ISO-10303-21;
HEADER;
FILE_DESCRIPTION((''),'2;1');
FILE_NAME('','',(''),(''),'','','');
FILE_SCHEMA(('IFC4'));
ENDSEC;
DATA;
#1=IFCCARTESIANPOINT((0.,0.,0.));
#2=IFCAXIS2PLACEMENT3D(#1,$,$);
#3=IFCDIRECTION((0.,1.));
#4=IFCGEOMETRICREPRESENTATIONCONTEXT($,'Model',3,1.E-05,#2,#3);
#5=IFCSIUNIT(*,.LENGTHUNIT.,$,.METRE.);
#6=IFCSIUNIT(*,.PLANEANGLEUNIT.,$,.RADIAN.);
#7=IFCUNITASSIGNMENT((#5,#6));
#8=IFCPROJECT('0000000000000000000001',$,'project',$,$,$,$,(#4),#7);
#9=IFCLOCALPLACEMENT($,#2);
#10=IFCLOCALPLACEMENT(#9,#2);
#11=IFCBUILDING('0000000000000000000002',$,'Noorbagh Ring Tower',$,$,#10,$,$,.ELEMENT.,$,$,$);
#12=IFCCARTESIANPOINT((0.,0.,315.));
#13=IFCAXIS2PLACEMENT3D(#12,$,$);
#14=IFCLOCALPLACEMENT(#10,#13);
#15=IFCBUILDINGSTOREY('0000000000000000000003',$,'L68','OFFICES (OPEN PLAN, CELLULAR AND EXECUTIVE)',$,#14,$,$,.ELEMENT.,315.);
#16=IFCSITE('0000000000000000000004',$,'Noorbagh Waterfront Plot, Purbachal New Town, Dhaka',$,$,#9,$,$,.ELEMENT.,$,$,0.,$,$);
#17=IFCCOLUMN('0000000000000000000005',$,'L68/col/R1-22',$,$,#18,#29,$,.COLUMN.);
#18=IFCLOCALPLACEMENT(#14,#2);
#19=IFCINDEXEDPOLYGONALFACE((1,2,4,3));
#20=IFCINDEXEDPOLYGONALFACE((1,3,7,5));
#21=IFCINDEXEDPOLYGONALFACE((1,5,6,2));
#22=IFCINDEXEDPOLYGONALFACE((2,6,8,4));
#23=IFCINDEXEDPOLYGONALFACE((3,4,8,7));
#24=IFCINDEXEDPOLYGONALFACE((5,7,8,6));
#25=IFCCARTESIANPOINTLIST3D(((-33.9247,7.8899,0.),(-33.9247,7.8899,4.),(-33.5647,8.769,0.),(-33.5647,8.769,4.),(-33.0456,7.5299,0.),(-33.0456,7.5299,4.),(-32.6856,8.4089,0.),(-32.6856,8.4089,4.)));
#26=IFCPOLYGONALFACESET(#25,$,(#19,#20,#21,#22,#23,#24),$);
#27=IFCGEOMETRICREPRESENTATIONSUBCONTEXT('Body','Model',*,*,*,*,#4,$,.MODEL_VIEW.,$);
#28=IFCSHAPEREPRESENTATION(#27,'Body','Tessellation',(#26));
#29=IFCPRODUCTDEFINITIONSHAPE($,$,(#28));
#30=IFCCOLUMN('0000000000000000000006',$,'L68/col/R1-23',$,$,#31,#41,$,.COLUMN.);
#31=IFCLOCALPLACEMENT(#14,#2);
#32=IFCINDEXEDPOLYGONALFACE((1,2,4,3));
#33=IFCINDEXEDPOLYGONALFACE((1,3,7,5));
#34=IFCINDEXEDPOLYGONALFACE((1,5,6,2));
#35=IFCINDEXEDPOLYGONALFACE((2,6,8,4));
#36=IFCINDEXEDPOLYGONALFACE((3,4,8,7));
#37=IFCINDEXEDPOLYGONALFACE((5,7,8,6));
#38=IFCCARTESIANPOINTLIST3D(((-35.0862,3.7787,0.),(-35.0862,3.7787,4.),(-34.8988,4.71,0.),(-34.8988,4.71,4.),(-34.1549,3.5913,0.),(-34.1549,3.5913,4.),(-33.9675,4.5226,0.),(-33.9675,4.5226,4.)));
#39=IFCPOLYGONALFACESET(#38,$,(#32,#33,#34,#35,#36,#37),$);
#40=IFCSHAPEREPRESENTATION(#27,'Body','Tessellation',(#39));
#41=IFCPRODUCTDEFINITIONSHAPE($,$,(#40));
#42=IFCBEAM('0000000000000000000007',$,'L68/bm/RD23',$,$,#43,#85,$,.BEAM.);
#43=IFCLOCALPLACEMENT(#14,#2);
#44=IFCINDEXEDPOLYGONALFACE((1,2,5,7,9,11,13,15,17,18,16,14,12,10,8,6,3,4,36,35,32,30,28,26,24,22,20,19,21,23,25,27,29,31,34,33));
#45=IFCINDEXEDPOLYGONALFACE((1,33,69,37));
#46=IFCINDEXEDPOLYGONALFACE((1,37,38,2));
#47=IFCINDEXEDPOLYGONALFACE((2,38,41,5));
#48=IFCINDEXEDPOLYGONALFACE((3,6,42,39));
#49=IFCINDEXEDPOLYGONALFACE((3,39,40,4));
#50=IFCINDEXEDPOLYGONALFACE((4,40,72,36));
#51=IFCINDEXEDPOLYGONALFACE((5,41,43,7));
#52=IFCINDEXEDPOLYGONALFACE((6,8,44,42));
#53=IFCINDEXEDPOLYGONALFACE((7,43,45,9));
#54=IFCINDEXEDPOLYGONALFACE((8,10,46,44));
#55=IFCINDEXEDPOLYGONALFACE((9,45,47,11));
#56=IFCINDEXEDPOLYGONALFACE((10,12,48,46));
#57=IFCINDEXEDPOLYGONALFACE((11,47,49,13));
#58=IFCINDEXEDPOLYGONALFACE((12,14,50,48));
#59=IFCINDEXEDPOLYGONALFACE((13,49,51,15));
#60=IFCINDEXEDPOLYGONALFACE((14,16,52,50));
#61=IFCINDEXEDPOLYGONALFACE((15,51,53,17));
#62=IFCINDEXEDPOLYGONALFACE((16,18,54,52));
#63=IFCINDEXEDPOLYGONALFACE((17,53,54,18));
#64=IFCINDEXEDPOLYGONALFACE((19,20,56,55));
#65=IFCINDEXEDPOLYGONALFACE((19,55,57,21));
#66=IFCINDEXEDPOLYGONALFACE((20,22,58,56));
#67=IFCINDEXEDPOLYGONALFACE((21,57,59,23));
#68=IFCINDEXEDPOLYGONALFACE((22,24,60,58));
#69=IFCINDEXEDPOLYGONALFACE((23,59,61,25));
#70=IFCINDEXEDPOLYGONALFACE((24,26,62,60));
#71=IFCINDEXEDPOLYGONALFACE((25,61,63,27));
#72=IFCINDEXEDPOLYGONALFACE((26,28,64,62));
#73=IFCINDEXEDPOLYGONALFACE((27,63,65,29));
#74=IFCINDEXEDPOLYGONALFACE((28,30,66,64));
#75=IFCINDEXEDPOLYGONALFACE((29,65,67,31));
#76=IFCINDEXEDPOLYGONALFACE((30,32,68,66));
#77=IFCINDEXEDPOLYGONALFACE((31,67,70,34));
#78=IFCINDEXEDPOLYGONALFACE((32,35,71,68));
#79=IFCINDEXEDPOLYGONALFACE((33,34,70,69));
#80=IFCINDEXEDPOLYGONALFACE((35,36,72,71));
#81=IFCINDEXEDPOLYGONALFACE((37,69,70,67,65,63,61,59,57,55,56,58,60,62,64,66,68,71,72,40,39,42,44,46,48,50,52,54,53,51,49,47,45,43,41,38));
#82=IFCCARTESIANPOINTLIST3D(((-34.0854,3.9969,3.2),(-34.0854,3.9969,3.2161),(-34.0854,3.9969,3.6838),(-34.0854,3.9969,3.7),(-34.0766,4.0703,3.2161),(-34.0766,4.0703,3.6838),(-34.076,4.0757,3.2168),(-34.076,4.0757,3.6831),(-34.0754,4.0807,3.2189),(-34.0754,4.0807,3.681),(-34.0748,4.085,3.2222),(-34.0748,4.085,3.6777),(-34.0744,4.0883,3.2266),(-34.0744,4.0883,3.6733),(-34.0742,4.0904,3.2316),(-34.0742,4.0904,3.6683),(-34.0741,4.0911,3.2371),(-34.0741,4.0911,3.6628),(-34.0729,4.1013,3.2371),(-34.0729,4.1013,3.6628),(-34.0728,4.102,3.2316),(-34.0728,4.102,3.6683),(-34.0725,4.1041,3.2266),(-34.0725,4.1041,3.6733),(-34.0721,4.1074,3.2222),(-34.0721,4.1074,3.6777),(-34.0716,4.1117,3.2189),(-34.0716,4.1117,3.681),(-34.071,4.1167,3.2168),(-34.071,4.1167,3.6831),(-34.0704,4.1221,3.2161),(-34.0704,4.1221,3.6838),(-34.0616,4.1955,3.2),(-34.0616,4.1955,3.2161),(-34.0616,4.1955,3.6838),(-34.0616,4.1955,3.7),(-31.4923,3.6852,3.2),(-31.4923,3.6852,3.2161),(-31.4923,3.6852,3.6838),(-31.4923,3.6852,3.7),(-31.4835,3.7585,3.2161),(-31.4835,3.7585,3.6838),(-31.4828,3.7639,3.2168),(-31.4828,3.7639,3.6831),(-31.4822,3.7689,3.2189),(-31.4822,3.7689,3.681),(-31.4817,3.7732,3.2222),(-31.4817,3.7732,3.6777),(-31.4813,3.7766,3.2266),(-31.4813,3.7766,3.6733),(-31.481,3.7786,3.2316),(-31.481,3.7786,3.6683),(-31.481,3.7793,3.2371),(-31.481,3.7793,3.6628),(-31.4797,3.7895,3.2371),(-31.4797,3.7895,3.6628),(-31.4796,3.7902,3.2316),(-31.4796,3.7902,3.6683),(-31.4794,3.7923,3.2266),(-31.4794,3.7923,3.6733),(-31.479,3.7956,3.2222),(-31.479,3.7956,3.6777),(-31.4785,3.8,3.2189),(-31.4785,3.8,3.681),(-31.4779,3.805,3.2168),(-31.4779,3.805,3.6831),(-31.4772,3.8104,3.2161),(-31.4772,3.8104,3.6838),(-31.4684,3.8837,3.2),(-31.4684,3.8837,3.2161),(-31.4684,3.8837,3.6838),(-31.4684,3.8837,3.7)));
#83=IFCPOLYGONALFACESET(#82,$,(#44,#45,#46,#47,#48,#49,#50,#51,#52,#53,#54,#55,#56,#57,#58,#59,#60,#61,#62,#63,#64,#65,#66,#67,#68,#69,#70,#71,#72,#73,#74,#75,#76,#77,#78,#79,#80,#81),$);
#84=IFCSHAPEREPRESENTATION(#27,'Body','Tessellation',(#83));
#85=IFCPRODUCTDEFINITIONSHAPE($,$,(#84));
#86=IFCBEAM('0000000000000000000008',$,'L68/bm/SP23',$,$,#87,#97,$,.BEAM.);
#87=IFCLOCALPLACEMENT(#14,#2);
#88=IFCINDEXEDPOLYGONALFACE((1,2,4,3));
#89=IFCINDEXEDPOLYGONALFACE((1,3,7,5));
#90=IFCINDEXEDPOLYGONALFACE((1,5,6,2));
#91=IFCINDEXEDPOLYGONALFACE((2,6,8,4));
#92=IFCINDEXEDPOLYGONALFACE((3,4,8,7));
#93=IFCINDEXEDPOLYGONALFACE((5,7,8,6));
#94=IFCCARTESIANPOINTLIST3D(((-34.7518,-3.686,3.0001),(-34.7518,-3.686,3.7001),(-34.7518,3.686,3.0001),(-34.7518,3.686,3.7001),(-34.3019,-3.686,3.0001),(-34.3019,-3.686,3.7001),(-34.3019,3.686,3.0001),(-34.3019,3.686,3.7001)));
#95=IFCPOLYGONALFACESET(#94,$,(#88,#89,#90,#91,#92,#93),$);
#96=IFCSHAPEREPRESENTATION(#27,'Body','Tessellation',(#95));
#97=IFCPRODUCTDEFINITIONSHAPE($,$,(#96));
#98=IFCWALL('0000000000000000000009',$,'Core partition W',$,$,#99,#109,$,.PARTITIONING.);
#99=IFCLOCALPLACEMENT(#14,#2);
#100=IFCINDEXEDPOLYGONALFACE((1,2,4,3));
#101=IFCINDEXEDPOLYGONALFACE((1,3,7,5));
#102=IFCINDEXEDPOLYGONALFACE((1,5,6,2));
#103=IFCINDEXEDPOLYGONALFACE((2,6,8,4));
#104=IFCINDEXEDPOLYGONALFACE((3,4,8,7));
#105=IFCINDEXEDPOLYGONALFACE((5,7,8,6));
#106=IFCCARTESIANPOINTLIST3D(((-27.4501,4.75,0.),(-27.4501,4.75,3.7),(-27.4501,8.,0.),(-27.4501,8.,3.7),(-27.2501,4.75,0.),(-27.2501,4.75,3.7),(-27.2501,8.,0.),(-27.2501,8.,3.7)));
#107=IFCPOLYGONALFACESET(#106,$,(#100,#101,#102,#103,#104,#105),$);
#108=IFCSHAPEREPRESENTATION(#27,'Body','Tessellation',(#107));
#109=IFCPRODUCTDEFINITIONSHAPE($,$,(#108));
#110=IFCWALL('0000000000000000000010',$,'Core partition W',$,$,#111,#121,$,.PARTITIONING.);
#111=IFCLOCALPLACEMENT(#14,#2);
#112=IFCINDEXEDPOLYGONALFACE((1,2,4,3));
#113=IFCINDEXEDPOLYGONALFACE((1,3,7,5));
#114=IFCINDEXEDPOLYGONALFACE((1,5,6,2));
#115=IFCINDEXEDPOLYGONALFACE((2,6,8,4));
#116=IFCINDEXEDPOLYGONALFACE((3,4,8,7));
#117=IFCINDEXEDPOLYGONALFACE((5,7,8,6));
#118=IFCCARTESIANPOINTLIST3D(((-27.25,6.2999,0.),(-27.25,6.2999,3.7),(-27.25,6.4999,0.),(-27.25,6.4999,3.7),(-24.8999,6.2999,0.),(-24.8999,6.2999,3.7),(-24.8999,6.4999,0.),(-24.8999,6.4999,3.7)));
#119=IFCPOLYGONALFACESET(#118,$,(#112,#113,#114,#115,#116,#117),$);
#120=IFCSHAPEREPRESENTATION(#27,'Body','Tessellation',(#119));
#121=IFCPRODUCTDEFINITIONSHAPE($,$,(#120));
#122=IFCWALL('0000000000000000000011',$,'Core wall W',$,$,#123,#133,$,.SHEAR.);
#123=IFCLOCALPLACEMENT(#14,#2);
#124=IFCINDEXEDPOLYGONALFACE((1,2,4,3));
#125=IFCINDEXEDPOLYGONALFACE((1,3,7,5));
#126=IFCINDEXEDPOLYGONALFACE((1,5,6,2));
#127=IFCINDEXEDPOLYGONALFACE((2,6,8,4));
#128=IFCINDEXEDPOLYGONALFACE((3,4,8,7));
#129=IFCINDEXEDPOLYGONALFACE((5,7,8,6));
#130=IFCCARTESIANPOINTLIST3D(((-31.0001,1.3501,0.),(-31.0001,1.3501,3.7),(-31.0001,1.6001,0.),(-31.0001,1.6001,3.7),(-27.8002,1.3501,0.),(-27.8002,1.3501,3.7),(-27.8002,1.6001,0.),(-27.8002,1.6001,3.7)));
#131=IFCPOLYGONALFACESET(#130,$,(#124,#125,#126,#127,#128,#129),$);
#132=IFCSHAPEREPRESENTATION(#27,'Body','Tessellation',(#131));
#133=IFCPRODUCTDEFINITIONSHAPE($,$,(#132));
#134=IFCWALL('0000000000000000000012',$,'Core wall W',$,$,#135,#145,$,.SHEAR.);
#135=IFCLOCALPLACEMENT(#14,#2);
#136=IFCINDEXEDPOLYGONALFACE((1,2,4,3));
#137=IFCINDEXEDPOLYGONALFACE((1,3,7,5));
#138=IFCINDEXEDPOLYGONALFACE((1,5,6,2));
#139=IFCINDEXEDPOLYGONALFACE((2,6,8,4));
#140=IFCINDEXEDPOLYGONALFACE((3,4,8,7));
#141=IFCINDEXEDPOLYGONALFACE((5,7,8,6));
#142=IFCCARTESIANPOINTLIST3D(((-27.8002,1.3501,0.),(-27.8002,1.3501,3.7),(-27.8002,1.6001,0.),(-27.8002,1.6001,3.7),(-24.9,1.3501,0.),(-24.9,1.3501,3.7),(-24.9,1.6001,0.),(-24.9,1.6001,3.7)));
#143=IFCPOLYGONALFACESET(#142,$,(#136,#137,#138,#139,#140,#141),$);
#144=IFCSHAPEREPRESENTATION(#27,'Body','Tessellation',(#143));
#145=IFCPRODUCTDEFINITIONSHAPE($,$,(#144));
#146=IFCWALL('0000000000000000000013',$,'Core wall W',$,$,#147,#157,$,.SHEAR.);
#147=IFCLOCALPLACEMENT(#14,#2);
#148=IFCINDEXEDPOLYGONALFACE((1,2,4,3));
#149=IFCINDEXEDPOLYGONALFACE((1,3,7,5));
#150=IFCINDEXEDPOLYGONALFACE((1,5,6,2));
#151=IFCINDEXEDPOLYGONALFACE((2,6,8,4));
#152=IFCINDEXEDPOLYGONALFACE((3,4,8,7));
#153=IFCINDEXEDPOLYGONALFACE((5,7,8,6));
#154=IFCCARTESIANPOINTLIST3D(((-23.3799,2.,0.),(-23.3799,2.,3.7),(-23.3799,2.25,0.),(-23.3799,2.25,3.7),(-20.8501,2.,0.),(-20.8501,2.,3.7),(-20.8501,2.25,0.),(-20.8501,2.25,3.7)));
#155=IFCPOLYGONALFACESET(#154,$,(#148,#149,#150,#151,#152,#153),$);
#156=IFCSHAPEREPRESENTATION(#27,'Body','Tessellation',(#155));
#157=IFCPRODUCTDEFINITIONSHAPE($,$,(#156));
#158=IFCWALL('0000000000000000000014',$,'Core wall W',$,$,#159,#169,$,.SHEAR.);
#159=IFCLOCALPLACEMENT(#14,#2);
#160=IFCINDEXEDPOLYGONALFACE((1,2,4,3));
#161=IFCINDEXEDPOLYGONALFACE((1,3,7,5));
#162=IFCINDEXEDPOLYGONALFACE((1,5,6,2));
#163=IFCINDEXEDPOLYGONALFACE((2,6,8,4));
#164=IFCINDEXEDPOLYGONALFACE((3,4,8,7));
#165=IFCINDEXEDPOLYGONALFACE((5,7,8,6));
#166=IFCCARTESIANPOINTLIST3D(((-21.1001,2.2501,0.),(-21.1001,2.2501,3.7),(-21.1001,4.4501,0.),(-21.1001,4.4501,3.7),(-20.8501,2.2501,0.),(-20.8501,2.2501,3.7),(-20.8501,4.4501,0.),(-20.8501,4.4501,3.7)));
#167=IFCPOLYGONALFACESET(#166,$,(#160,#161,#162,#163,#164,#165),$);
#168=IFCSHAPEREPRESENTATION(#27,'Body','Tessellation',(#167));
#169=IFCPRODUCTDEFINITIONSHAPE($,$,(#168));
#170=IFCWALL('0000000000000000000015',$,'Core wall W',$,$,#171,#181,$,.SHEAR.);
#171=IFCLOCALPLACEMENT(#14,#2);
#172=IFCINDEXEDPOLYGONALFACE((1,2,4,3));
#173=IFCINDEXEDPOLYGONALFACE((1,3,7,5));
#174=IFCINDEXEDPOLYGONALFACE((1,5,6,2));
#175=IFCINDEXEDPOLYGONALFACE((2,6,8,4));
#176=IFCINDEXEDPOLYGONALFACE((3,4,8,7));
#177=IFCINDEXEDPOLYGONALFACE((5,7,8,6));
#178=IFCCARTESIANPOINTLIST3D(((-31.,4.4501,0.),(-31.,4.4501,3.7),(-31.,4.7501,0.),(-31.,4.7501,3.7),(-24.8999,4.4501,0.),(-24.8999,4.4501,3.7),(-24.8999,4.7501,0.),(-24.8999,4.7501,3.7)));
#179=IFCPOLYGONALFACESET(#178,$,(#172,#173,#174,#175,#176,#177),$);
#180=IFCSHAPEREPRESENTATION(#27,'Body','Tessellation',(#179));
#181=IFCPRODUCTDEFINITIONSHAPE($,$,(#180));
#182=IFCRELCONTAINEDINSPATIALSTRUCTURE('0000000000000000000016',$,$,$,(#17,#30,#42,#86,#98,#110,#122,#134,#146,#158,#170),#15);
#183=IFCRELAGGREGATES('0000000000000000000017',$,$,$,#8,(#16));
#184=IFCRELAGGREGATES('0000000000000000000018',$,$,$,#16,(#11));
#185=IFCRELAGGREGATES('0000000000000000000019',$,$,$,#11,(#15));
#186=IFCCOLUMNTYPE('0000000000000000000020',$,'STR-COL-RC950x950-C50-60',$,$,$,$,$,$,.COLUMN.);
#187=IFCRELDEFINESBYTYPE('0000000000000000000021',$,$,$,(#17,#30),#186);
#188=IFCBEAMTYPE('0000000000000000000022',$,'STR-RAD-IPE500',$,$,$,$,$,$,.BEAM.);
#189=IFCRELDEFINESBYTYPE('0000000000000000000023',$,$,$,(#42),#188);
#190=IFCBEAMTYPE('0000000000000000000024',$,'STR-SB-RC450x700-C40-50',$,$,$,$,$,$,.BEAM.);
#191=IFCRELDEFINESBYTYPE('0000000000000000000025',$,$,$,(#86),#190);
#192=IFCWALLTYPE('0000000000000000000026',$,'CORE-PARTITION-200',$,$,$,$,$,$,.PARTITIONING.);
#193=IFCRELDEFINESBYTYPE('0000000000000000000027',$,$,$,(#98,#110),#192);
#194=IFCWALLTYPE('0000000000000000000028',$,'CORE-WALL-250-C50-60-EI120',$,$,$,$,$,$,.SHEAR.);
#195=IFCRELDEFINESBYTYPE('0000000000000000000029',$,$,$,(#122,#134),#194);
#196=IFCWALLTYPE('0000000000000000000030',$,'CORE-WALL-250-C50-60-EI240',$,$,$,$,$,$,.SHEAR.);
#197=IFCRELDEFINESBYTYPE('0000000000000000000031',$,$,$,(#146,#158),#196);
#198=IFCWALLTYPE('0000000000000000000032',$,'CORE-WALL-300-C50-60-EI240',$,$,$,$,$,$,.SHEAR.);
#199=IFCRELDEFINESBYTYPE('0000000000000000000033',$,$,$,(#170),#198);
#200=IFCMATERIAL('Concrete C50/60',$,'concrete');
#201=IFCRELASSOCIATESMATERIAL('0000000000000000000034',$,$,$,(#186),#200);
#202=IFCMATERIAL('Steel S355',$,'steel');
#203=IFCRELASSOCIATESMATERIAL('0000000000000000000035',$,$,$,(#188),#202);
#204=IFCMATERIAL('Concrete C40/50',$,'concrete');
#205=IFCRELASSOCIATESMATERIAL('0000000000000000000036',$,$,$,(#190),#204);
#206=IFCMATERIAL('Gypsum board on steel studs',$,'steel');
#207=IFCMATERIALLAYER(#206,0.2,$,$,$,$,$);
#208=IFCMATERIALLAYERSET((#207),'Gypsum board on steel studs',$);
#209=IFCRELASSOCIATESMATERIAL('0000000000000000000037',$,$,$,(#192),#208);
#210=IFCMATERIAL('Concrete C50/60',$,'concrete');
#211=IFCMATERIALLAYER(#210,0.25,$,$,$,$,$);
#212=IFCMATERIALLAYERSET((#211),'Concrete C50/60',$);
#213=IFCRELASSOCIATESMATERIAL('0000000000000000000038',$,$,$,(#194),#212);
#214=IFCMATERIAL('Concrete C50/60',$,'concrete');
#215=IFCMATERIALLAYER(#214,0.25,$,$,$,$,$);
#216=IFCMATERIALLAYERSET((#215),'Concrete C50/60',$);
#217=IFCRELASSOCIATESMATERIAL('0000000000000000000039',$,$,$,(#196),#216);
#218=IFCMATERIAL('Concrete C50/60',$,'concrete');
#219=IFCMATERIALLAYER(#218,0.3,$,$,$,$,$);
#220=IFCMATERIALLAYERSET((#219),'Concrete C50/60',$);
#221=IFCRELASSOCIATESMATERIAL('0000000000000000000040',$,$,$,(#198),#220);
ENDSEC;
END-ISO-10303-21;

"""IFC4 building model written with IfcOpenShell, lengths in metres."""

from ifc_helpers import new_model, si_unit, direction, frame, frame_2d, origin, origin_2d, place, context, subcontext, project, spatial, rectangle, i_section, extrude, material, layer, layer_set, material_profile, profile_set, type_object, element, save


model = new_model("IFC4")

# Units and contexts
model_context = context("Model", 3, precision=1e-05, world=origin(), true_north=direction((0.0, 1.0)))
body_context = subcontext(model_context, "Body", "Model", "MODEL_VIEW")
ifc_project = project(units=[si_unit("LENGTHUNIT", "METRE"), si_unit("PLANEANGLEUNIT", "RADIAN")], contexts=[model_context])

# Site, building, storey
site_placement = place(None, origin())
site = spatial("IfcSite", under=ifc_project, at=site_placement, Name="Noorbagh Waterfront Plot, Purbachal New Town, Dhaka", CompositionType="ELEMENT", RefElevation=0.0)
building_placement = place(site_placement, origin())
building = spatial("IfcBuilding", under=site, at=building_placement, Name="Noorbagh Ring Tower", CompositionType="ELEMENT")
storey_placement = place(building_placement, frame((0.0, 0.0, 315.0)))
storey = spatial("IfcBuildingStorey", under=building, at=storey_placement, Name="L68", Description="OFFICES (OPEN PLAN, CELLULAR AND EXECUTIVE)", CompositionType="ELEMENT", Elevation=315.0)

# Columns
ifc_material_1 = material(Name="Concrete C50/60", Category="concrete")
ifc_material_profile_1 = material_profile(ifc_material_1, rectangle(XDim=0.95, YDim=0.95, at=origin_2d()), Name="RC950x950")
ifc_profile_set_1 = profile_set([ifc_material_profile_1], Name="Concrete C50/60")
column_type = type_object("IfcColumnType", Name="STR-COL-RC950x950-C50-60", PredefinedType="COLUMN", material=ifc_profile_set_1)
for number, where, z_axis, x_axis, name in (
    (1, (-33.3052, 8.1494, 0.0), (0.0, 0.0, 1.0), (-0.378989, -0.925401, 0.0), "L68/col/R1-22"),
    (2, (-34.5269, 4.1506, 0.0), (0.0, 0.0, 1.0), (-0.19723, -0.980357, 0.0), "L68/col/R1-23"),
):
    element("IfcColumn", number, at=place(storey_placement, frame(where, z_axis=z_axis, x_axis=x_axis)), inside=storey, type_object=column_type, Name=name, PredefinedType="COLUMN", context=body_context, shape_type="SweptSolid", body=[
        extrude(rectangle(XDim=0.95, YDim=0.95, at=origin_2d()), origin(), (0.0, 0.0, 1.0), 4.0),
    ])

# Beams
ifc_material_2 = material(Name="Steel S355", Category="steel")
ifc_material_profile_2 = material_profile(ifc_material_2, i_section(OverallWidth=0.2, OverallDepth=0.5, WebThickness=0.0103, FlangeThickness=0.0161, FilletRadius=0.021, at=origin_2d()), Name="IPE500")
ifc_profile_set_2 = profile_set([ifc_material_profile_2], Name="Steel S355")
beam_type_1 = type_object("IfcBeamType", Name="STR-RAD-IPE500", PredefinedType="BEAM", material=ifc_profile_set_2)
beam_1_placement = place(storey_placement, frame((-34.0735, 4.0962, 3.45), z_axis=(0.992851, -0.119363, 0.0), x_axis=(0.119363, 0.992851, 0.0)))
element("IfcBeam", 3, at=beam_1_placement, inside=storey, type_object=beam_type_1, Name="L68/bm/RD23", PredefinedType="BEAM", context=body_context, shape_type="SweptSolid", body=[
    extrude(i_section(OverallWidth=0.2, OverallDepth=0.5, WebThickness=0.0103, FlangeThickness=0.0161, FilletRadius=0.021, at=origin_2d()), origin(), (0.0, 0.0, 1.0), 2.6118),
])
ifc_material_3 = material(Name="Concrete C40/50", Category="concrete")
ifc_material_profile_3 = material_profile(ifc_material_3, rectangle(XDim=0.45, YDim=0.7, at=origin_2d()), Name="RC450x700")
ifc_profile_set_3 = profile_set([ifc_material_profile_3], Name="Concrete C40/50")
beam_type_2 = type_object("IfcBeamType", Name="STR-SB-RC450x700-C40-50", PredefinedType="BEAM", material=ifc_profile_set_3)
beam_2_placement = place(storey_placement, frame((-34.5269, 3.686, 3.3501), z_axis=(0.0, -1.0, 0.0), x_axis=(1.0, 0.0, 0.0)))
element("IfcBeam", 4, at=beam_2_placement, inside=storey, type_object=beam_type_2, Name="L68/bm/SP23", PredefinedType="BEAM", context=body_context, shape_type="SweptSolid", body=[
    extrude(rectangle(XDim=0.45, YDim=0.7, at=origin_2d()), origin(), (0.0, 0.0, 1.0), 7.3721),
])

# Walls
ifc_material_4 = material(Name="Gypsum board on steel studs", Category="steel")
ifc_layer_1 = layer(ifc_material_4, 0.2)
ifc_layer_set_1 = layer_set([ifc_layer_1], Name="Gypsum board on steel studs")
wall_type_1 = type_object("IfcWallType", Name="CORE-PARTITION-200", PredefinedType="PARTITIONING", material=ifc_layer_set_1)
wall_1_placement = place(storey_placement, frame((-27.3501, 4.75, 0.0), z_axis=(0.0, 0.0, 1.0), x_axis=(0.0, 1.0, 0.0)))
element("IfcWall", 5, at=wall_1_placement, inside=storey, type_object=wall_type_1, Name="Core partition W", PredefinedType="PARTITIONING", context=body_context, shape_type="SweptSolid", body=[
    extrude(rectangle(XDim=3.25, YDim=0.2, at=frame_2d((1.625, 0.0))), origin(), (0.0, 0.0, 1.0), 3.7),
])
wall_2_placement = place(storey_placement, frame((-24.8999, 6.3999, 0.0), z_axis=(0.0, 0.0, 1.0), x_axis=(-1.0, 0.0, 0.0)))
element("IfcWall", 6, at=wall_2_placement, inside=storey, type_object=wall_type_1, Name="Core partition W", PredefinedType="PARTITIONING", context=body_context, shape_type="SweptSolid", body=[
    extrude(rectangle(XDim=2.3501, YDim=0.2, at=frame_2d((1.175, 0.0))), origin(), (0.0, 0.0, 1.0), 3.7),
])
ifc_material_5 = material(Name="Concrete C50/60", Category="concrete")
ifc_layer_2 = layer(ifc_material_5, 0.25)
ifc_layer_set_2 = layer_set([ifc_layer_2], Name="Concrete C50/60")
wall_type_2 = type_object("IfcWallType", Name="CORE-WALL-250-C50-60-EI120", PredefinedType="SHEAR", material=ifc_layer_set_2)
wall_3_placement = place(storey_placement, frame((-27.8, 1.4751, 0.0), z_axis=(0.0, 0.0, 1.0), x_axis=(-1.0, 0.0, 0.0)))
element("IfcWall", 7, at=wall_3_placement, inside=storey, type_object=wall_type_2, Name="Core wall W", PredefinedType="SHEAR", context=body_context, shape_type="SweptSolid", body=[
    extrude(rectangle(XDim=3.2, YDim=0.25, at=frame_2d((1.6001, 0.0))), origin(), (0.0, 0.0, 1.0), 3.7),
])
wall_4_placement = place(storey_placement, frame((-24.8999, 1.4751, 0.0), z_axis=(0.0, 0.0, 1.0), x_axis=(-1.0, 0.0, 0.0)))
element("IfcWall", 8, at=wall_4_placement, inside=storey, type_object=wall_type_2, Name="Core wall W", PredefinedType="SHEAR", context=body_context, shape_type="SweptSolid", body=[
    extrude(rectangle(XDim=2.9001, YDim=0.25, at=frame_2d((1.4502, 0.0))), origin(), (0.0, 0.0, 1.0), 3.7),
])
ifc_material_6 = material(Name="Concrete C50/60", Category="concrete")
ifc_layer_3 = layer(ifc_material_6, 0.25)
ifc_layer_set_3 = layer_set([ifc_layer_3], Name="Concrete C50/60")
wall_type_3 = type_object("IfcWallType", Name="CORE-WALL-250-C50-60-EI240", PredefinedType="SHEAR", material=ifc_layer_set_3)
wall_5_placement = place(storey_placement, frame((-20.8501, 2.125, 0.0), z_axis=(0.0, 0.0, 1.0), x_axis=(-1.0, 0.0, 0.0)))
element("IfcWall", 9, at=wall_5_placement, inside=storey, type_object=wall_type_3, Name="Core wall W", PredefinedType="SHEAR", context=body_context, shape_type="SweptSolid", body=[
    extrude(rectangle(XDim=2.5298, YDim=0.25, at=frame_2d((1.2649, 0.0))), origin(), (0.0, 0.0, 1.0), 3.7),
])
wall_6_placement = place(storey_placement, frame((-20.9751, 2.25, 0.0), z_axis=(0.0, 0.0, 1.0), x_axis=(0.0, 1.0, 0.0)))
element("IfcWall", 10, at=wall_6_placement, inside=storey, type_object=wall_type_3, Name="Core wall W", PredefinedType="SHEAR", context=body_context, shape_type="SweptSolid", body=[
    extrude(rectangle(XDim=2.2, YDim=0.25, at=frame_2d((1.1001, 0.0))), origin(), (0.0, 0.0, 1.0), 3.7),
])
ifc_material_7 = material(Name="Concrete C50/60", Category="concrete")
ifc_layer_4 = layer(ifc_material_7, 0.3)
ifc_layer_set_4 = layer_set([ifc_layer_4], Name="Concrete C50/60")
wall_type_4 = type_object("IfcWallType", Name="CORE-WALL-300-C50-60-EI240", PredefinedType="SHEAR", material=ifc_layer_set_4)
wall_7_placement = place(storey_placement, frame((-24.8999, 4.6001, 0.0), z_axis=(0.0, 0.0, 1.0), x_axis=(-1.0, 0.0, 0.0)))
element("IfcWall", 11, at=wall_7_placement, inside=storey, type_object=wall_type_4, Name="Core wall W", PredefinedType="SHEAR", context=body_context, shape_type="SweptSolid", body=[
    extrude(rectangle(XDim=6.1001, YDim=0.3, at=frame_2d((3.05, 0.0))), origin(), (0.0, 0.0, 1.0), 3.7),
])

save(model, "model.ifc")
